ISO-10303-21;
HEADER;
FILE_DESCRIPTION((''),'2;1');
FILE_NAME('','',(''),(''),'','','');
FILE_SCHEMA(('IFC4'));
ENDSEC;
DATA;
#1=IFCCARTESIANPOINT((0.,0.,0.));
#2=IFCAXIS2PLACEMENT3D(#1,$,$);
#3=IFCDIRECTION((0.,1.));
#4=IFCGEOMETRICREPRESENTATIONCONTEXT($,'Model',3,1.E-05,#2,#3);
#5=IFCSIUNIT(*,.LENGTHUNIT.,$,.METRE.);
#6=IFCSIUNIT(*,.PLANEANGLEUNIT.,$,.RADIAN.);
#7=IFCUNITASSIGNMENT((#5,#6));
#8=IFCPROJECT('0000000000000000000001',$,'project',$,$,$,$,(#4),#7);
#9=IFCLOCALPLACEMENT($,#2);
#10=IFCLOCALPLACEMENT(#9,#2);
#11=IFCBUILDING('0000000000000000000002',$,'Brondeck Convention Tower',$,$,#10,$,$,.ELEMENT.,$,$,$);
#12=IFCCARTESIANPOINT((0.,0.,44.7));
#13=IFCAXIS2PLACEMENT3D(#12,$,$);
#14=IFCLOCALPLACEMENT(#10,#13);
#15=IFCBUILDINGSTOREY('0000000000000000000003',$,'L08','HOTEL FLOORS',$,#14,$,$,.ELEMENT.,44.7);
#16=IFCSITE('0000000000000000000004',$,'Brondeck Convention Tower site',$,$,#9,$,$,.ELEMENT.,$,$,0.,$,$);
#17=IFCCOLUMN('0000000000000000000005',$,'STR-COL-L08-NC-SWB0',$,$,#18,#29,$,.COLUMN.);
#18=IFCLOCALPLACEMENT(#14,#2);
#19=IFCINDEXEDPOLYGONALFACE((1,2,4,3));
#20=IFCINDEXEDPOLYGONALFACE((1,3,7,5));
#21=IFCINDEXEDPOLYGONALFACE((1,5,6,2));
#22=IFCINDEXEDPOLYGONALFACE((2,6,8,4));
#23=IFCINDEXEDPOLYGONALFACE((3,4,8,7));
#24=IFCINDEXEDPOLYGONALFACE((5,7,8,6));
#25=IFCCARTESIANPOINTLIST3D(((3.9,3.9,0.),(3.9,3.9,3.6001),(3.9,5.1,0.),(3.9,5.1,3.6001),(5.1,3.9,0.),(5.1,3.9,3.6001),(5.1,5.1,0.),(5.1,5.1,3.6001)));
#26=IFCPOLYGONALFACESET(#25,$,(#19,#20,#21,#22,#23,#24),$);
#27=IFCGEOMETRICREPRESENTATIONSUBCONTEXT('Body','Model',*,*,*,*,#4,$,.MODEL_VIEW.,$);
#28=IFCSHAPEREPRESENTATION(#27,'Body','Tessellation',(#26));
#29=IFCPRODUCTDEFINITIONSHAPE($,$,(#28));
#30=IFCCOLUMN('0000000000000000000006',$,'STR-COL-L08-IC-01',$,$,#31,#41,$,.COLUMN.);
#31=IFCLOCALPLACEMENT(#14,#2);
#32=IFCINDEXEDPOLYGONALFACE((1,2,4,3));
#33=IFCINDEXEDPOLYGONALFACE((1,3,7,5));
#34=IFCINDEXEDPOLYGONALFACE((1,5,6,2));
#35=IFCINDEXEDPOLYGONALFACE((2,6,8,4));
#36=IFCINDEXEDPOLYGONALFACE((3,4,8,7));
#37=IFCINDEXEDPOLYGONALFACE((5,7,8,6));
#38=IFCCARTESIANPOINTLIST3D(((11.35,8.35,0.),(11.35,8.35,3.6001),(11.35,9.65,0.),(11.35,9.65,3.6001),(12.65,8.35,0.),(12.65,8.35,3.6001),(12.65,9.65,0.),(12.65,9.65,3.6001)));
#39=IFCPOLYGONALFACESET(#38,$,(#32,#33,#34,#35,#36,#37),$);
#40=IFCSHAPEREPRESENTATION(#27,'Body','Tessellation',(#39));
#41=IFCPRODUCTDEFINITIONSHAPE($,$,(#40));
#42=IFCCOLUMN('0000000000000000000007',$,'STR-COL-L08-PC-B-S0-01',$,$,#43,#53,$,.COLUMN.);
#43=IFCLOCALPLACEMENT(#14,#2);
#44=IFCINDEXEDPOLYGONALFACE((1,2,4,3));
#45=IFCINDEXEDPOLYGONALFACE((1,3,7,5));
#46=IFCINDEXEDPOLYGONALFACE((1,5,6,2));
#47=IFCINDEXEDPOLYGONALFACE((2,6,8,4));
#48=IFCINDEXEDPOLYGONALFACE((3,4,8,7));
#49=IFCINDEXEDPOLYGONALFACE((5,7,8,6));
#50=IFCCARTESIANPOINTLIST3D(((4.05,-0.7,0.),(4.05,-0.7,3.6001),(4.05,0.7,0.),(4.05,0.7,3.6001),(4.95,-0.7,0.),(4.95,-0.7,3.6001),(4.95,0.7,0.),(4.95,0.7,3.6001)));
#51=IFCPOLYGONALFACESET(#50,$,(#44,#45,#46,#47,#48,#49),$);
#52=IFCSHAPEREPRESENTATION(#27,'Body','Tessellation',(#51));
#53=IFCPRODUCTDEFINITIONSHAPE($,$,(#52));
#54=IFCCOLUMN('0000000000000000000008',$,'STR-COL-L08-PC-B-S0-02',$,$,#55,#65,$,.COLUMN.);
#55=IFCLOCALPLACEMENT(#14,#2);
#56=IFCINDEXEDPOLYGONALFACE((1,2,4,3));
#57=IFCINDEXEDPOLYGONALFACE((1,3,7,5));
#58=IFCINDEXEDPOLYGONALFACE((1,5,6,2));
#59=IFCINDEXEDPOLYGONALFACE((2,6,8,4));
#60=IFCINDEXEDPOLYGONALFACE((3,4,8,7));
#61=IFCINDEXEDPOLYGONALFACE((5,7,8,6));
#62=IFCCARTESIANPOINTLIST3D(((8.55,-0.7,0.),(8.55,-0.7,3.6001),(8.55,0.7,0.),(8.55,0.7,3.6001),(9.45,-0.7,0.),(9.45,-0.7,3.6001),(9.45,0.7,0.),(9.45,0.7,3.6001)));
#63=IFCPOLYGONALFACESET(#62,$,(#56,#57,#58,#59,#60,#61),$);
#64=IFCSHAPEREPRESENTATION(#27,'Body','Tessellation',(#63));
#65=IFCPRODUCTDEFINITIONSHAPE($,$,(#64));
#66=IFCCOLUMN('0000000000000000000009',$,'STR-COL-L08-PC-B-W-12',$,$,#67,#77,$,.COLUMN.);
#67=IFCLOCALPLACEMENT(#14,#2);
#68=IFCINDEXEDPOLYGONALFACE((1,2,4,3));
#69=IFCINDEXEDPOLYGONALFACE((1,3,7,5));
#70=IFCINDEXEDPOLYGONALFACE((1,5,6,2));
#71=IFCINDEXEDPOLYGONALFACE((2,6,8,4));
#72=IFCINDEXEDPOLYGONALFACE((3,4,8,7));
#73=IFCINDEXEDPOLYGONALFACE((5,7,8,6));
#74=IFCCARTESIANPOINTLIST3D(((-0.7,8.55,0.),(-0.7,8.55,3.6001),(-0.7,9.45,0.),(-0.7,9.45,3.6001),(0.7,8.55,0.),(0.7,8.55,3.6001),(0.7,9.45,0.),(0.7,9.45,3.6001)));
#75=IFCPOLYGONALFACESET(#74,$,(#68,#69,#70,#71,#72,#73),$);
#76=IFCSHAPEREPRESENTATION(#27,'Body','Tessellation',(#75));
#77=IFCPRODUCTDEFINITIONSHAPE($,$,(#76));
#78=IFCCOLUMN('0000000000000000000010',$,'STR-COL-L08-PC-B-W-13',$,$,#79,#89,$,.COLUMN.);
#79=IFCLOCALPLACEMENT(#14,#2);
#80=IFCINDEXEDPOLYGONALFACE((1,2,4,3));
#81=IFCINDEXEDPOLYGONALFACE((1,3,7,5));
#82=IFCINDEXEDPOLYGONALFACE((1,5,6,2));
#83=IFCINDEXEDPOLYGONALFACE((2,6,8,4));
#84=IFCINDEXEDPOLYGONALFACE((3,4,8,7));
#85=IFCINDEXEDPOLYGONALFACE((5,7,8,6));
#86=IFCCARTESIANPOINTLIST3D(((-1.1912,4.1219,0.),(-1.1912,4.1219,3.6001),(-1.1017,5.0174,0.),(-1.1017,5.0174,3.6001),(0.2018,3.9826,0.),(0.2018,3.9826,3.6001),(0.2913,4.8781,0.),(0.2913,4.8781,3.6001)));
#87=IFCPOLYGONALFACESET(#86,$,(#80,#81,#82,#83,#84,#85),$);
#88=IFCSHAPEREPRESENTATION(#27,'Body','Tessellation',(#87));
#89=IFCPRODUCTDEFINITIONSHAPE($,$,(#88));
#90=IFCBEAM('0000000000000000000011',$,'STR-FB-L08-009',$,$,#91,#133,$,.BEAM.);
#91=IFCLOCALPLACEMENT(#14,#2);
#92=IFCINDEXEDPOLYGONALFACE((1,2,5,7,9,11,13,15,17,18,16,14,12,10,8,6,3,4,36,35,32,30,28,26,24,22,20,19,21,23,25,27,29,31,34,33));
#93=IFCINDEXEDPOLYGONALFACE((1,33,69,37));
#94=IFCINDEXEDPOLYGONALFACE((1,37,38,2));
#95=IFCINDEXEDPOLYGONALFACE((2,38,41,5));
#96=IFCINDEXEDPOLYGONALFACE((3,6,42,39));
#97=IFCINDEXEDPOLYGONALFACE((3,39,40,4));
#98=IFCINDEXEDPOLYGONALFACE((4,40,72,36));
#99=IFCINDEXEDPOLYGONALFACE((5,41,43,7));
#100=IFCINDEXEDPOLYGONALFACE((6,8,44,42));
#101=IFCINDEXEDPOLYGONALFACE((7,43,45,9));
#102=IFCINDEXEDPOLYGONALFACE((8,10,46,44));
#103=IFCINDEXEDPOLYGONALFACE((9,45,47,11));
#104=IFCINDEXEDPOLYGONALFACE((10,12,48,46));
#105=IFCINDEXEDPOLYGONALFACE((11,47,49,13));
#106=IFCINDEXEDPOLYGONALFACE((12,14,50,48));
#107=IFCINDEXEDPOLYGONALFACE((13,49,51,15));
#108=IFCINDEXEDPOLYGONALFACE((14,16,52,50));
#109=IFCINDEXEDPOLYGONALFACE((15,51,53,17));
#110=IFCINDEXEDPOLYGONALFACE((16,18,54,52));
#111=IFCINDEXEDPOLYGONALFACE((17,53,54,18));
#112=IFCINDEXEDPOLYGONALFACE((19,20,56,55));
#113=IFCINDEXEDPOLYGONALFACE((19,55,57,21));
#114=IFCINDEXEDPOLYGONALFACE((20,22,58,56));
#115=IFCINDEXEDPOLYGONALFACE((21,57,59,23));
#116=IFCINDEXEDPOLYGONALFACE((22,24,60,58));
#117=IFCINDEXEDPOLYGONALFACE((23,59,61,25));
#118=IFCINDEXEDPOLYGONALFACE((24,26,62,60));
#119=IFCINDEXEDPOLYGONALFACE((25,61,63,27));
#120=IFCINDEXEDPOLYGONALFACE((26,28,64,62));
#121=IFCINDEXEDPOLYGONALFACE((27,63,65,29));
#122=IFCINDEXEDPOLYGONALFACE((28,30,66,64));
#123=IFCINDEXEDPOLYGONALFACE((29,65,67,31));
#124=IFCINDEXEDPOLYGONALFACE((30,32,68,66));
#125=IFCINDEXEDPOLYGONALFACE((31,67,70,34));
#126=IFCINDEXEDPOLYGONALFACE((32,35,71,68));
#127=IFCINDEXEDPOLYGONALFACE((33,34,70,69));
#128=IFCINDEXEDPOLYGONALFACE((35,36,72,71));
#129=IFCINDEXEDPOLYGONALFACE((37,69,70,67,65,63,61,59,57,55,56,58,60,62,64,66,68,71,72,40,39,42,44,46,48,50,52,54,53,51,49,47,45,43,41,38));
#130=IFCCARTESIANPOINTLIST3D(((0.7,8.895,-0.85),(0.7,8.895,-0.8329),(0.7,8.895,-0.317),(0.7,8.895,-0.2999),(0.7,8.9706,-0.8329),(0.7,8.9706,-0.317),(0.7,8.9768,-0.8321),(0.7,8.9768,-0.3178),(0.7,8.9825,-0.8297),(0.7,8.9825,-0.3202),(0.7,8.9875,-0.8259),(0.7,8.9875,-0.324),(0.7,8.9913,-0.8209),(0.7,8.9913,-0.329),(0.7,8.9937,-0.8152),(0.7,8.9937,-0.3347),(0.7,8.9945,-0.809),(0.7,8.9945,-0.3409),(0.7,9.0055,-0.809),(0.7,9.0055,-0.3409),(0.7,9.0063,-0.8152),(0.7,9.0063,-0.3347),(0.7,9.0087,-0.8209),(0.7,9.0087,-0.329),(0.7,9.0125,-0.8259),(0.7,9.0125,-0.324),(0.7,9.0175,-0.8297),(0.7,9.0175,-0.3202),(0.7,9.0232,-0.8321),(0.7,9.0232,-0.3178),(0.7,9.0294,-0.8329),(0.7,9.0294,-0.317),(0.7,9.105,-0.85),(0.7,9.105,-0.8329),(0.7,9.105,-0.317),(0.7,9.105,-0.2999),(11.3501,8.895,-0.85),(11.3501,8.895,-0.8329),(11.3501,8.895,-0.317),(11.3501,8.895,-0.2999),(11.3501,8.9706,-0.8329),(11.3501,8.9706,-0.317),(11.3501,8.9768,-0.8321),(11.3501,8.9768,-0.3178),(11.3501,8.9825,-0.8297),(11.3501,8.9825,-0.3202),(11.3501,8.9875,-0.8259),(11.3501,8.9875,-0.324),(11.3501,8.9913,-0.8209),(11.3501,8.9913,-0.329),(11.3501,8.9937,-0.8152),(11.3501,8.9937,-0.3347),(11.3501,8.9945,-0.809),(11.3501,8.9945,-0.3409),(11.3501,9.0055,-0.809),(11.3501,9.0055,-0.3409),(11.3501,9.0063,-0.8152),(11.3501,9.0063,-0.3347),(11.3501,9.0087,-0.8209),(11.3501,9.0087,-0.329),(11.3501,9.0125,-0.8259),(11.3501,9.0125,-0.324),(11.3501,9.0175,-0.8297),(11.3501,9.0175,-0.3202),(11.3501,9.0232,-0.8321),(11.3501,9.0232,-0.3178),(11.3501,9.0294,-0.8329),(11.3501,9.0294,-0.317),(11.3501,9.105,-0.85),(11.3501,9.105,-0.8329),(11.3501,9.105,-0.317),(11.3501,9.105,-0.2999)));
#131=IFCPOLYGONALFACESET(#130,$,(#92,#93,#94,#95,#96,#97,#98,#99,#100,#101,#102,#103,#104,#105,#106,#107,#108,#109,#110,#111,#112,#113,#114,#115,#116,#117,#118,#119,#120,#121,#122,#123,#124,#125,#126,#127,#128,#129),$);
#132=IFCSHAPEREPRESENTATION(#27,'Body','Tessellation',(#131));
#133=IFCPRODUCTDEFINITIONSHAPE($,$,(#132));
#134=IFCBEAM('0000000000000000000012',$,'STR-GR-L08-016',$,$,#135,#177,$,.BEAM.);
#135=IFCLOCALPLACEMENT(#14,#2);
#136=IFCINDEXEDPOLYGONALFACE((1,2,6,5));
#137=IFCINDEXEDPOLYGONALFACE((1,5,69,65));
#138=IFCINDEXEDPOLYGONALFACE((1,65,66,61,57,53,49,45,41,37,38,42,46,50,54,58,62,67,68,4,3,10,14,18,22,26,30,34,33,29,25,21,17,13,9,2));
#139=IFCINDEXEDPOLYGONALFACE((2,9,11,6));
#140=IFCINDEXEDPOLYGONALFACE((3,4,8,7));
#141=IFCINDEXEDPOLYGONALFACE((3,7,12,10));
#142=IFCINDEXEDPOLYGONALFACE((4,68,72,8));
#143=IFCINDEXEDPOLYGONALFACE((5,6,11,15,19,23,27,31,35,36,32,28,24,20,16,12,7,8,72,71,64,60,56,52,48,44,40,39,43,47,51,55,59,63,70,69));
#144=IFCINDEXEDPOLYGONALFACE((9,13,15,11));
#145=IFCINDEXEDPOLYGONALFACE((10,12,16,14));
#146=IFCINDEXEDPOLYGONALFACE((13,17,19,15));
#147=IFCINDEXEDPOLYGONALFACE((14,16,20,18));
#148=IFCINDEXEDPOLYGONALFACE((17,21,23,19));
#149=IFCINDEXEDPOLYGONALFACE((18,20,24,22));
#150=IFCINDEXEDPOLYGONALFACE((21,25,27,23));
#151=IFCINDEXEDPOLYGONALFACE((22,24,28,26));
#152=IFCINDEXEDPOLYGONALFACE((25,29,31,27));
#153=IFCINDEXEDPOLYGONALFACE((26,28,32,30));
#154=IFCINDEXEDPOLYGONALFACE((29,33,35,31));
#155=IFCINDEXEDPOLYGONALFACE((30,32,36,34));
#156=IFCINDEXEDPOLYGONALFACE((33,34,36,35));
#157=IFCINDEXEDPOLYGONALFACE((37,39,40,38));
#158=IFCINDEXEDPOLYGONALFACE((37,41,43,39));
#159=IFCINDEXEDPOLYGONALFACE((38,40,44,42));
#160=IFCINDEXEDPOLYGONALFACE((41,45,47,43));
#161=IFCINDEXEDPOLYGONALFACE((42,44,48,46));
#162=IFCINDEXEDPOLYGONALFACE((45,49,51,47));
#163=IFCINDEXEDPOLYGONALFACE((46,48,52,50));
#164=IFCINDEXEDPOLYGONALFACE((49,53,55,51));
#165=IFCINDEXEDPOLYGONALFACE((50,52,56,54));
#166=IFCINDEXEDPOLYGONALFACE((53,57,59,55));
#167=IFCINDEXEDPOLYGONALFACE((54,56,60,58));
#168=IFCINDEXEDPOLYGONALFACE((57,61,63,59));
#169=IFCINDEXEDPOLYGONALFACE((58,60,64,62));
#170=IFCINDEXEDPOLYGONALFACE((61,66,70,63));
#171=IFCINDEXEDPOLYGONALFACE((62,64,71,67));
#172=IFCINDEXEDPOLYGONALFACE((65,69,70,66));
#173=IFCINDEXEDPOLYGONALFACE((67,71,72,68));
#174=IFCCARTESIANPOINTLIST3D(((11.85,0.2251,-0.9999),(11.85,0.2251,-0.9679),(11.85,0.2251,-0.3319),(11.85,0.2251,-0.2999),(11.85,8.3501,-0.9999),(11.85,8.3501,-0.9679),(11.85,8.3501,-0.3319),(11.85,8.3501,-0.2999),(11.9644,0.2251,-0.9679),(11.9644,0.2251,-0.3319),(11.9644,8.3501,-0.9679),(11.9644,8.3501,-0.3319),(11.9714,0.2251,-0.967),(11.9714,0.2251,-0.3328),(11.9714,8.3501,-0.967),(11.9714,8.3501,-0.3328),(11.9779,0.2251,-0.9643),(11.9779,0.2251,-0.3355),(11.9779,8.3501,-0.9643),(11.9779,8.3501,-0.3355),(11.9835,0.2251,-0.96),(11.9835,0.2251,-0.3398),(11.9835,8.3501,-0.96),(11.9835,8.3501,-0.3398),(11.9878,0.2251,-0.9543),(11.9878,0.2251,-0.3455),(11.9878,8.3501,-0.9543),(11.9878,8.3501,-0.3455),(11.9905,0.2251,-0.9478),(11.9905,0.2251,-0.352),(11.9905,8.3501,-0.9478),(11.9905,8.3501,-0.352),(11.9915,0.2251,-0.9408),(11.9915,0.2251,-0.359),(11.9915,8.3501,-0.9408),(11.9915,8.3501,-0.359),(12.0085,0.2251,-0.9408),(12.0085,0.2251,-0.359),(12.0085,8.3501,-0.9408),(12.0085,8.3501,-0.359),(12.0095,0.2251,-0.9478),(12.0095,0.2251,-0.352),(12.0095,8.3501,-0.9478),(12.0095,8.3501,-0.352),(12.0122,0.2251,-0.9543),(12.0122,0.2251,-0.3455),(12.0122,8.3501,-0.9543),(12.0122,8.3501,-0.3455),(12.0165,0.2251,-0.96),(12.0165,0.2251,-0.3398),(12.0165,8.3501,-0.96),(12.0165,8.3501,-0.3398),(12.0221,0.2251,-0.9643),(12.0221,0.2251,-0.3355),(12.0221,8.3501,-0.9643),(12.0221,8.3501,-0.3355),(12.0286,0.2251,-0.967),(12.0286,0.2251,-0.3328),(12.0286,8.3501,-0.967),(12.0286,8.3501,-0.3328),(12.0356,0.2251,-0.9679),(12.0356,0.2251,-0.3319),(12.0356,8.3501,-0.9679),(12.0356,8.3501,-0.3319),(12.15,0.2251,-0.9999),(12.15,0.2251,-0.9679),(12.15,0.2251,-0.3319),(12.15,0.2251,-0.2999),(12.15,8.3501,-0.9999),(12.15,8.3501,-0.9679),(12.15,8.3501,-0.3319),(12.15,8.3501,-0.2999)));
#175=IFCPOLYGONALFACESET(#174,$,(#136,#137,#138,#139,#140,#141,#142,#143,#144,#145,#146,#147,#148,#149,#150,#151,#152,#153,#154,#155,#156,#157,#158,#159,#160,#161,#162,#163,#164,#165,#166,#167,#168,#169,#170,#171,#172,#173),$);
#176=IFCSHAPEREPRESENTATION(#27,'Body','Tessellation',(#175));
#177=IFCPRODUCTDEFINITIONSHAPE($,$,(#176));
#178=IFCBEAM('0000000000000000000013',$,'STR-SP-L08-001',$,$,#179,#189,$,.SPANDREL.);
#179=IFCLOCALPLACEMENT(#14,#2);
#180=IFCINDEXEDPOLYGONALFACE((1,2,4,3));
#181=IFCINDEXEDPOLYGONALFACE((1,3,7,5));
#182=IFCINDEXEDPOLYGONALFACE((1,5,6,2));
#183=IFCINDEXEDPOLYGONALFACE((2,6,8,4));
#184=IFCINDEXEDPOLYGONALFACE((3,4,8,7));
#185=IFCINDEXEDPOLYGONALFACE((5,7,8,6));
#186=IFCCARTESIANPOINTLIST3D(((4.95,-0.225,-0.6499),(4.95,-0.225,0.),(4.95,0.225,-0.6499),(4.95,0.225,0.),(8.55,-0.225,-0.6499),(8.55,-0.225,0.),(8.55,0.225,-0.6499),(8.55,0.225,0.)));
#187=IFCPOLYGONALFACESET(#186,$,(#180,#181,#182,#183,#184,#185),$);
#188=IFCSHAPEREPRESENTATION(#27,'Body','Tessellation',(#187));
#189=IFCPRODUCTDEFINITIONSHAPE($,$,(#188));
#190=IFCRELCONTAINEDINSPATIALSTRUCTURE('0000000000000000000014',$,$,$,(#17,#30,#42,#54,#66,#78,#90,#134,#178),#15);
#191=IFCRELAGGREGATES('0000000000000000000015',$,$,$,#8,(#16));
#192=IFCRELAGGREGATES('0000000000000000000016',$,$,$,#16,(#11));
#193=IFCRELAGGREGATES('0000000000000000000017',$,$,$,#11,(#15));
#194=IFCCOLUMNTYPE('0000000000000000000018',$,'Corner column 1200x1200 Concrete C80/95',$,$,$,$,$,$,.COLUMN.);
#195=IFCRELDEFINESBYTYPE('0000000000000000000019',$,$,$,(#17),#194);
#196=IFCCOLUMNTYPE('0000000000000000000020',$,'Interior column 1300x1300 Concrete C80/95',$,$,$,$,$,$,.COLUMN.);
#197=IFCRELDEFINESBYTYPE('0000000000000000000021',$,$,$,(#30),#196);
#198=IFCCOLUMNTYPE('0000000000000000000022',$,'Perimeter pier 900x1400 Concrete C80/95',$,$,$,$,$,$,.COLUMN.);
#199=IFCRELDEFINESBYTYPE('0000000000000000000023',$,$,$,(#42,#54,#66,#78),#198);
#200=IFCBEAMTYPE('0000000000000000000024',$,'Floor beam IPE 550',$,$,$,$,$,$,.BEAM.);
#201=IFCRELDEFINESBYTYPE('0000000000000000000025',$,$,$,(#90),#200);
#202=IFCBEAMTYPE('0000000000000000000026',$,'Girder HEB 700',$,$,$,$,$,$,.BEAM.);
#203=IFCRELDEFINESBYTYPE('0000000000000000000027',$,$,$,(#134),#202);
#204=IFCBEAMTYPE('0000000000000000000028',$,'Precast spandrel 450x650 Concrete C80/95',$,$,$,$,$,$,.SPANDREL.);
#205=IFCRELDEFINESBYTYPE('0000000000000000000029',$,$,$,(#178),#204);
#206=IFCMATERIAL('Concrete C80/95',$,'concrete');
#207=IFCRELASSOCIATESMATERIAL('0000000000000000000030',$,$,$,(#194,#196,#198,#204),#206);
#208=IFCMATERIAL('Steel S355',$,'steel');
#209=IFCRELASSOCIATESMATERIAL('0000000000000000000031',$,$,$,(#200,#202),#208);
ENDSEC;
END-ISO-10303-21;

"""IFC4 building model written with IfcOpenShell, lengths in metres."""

from ifc_helpers import new_model, si_unit, direction, frame, origin, origin_2d, place, context, subcontext, project, spatial, rectangle, i_section, extrude, material, material_profile, profile_set, type_object, element, save


model = new_model("IFC4")

# Units and contexts
model_context = context("Model", 3, precision=1e-05, world=origin(), true_north=direction((0.0, 1.0)))
body_context = subcontext(model_context, "Body", "Model", "MODEL_VIEW")
ifc_project = project(units=[si_unit("LENGTHUNIT", "METRE"), si_unit("PLANEANGLEUNIT", "RADIAN")], contexts=[model_context])

# Site, building, storey
site_placement = place(None, origin())
site = spatial("IfcSite", under=ifc_project, at=site_placement, Name="Brondeck Convention Tower site", CompositionType="ELEMENT", RefElevation=0.0)
building_placement = place(site_placement, origin())
building = spatial("IfcBuilding", under=site, at=building_placement, Name="Brondeck Convention Tower", CompositionType="ELEMENT")
storey_placement = place(building_placement, frame((0.0, 0.0, 44.7)))
storey = spatial("IfcBuildingStorey", under=building, at=storey_placement, Name="L08", Description="HOTEL FLOORS", CompositionType="ELEMENT", Elevation=44.7)

# Columns
ifc_material_1 = material(Name="Concrete C80/95", Category="concrete")
ifc_material_profile_1 = material_profile(ifc_material_1, rectangle(XDim=1.2, YDim=1.2, at=origin_2d()), Name="Corner column 1200x1200 Concrete C80/95")
ifc_profile_set_1 = profile_set([ifc_material_profile_1], Name="Concrete C80/95")
column_type_1 = type_object("IfcColumnType", Name="Corner column 1200x1200 Concrete C80/95", PredefinedType="COLUMN", material=ifc_profile_set_1)
column_1_placement = place(storey_placement, frame((4.5, 4.5, 0.0), z_axis=(0.0, 0.0, 1.0), x_axis=(1.0, 0.0, 0.0)))
element("IfcColumn", 1, at=column_1_placement, inside=storey, type_object=column_type_1, Name="STR-COL-L08-NC-SWB0", PredefinedType="COLUMN", context=body_context, shape_type="SweptSolid", body=[
    extrude(rectangle(XDim=1.2, YDim=1.2, at=origin_2d()), origin(), (0.0, 0.0, 1.0), 3.6001),
])
ifc_material_profile_2 = material_profile(ifc_material_1, rectangle(XDim=1.3, YDim=1.3, at=origin_2d()), Name="Interior column 1300x1300 Concrete C80/95")
ifc_profile_set_2 = profile_set([ifc_material_profile_2], Name="Concrete C80/95")
column_type_2 = type_object("IfcColumnType", Name="Interior column 1300x1300 Concrete C80/95", PredefinedType="COLUMN", material=ifc_profile_set_2)
column_2_placement = place(storey_placement, frame((12.0, 9.0, 0.0), z_axis=(0.0, 0.0, 1.0), x_axis=(1.0, 0.0, 0.0)))
element("IfcColumn", 2, at=column_2_placement, inside=storey, type_object=column_type_2, Name="STR-COL-L08-IC-01", PredefinedType="COLUMN", context=body_context, shape_type="SweptSolid", body=[
    extrude(rectangle(XDim=1.3, YDim=1.3, at=origin_2d()), origin(), (0.0, 0.0, 1.0), 3.6001),
])
ifc_material_profile_3 = material_profile(ifc_material_1, rectangle(XDim=0.8999, YDim=1.3999, at=origin_2d()), Name="Perimeter pier 900x1400 Concrete C80/95")
ifc_profile_set_3 = profile_set([ifc_material_profile_3], Name="Concrete C80/95")
column_type_3 = type_object("IfcColumnType", Name="Perimeter pier 900x1400 Concrete C80/95", PredefinedType="COLUMN", material=ifc_profile_set_3)
for number, where, z_axis, x_axis, name in (
    (3, (4.5, 0.0, 0.0), (0.0, 0.0, 1.0), (1.0, 0.0, 0.0), "STR-COL-L08-PC-B-S0-01"),
    (4, (9.0, 0.0, 0.0), (0.0, 0.0, 1.0), (1.0, 0.0, 0.0), "STR-COL-L08-PC-B-S0-02"),
    (5, (0.0, 9.0, 0.0), (0.0, 0.0, 1.0), (0.0, -1.0, 0.0), "STR-COL-L08-PC-B-W-12"),
    (6, (-0.45, 4.5, 0.0), (0.0, 0.0, 1.0), (-0.099504, -0.995037, 0.0), "STR-COL-L08-PC-B-W-13"),
):
    element("IfcColumn", number, at=place(storey_placement, frame(where, z_axis=z_axis, x_axis=x_axis)), inside=storey, type_object=column_type_3, Name=name, PredefinedType="COLUMN", context=body_context, shape_type="SweptSolid", body=[
        extrude(rectangle(XDim=0.8999, YDim=1.3999, at=origin_2d()), origin(), (0.0, 0.0, 1.0), 3.6001),
    ])

# Beams
ifc_material_2 = material(Name="Steel S355", Category="steel")
ifc_material_profile_4 = material_profile(ifc_material_2, i_section(OverallWidth=0.21, OverallDepth=0.55, WebThickness=0.011, FlangeThickness=0.0171, FilletRadius=0.0239, at=origin_2d()), Name="IPE 550")
ifc_profile_set_4 = profile_set([ifc_material_profile_4], Name="Steel S355")
beam_type_1 = type_object("IfcBeamType", Name="Floor beam IPE 550", PredefinedType="BEAM", material=ifc_profile_set_4)
beam_1_placement = place(storey_placement, frame((0.7, 9.0, -0.575), z_axis=(1.0, 0.0, 0.0), x_axis=(0.0, 1.0, 0.0)))
element("IfcBeam", 7, at=beam_1_placement, inside=storey, type_object=beam_type_1, Name="STR-FB-L08-009", PredefinedType="BEAM", context=body_context, shape_type="SweptSolid", body=[
    extrude(i_section(OverallWidth=0.21, OverallDepth=0.55, WebThickness=0.011, FlangeThickness=0.0171, FilletRadius=0.0239, at=origin_2d()), origin(), (0.0, 0.0, 1.0), 10.6501),
])
ifc_material_profile_5 = material_profile(ifc_material_2, i_section(OverallWidth=0.3, OverallDepth=0.7, WebThickness=0.0171, FlangeThickness=0.032, FilletRadius=0.0271, at=origin_2d()), Name="HEB 700")
ifc_profile_set_5 = profile_set([ifc_material_profile_5], Name="Steel S355")
beam_type_2 = type_object("IfcBeamType", Name="Girder HEB 700", PredefinedType="BEAM", material=ifc_profile_set_5)
beam_2_placement = place(storey_placement, frame((12.0, 8.3501, -0.6499), z_axis=(0.0, -1.0, 0.0), x_axis=(1.0, 0.0, 0.0)))
element("IfcBeam", 8, at=beam_2_placement, inside=storey, type_object=beam_type_2, Name="STR-GR-L08-016", PredefinedType="BEAM", context=body_context, shape_type="SweptSolid", body=[
    extrude(i_section(OverallWidth=0.3, OverallDepth=0.7, WebThickness=0.0171, FlangeThickness=0.032, FilletRadius=0.0271, at=origin_2d()), origin(), (0.0, 0.0, 1.0), 8.125),
])
ifc_material_profile_6 = material_profile(ifc_material_1, rectangle(XDim=0.45, YDim=0.6499, at=origin_2d()), Name="Precast spandrel 450x650 Concrete C80/95")
ifc_profile_set_6 = profile_set([ifc_material_profile_6], Name="Concrete C80/95")
beam_type_3 = type_object("IfcBeamType", Name="Precast spandrel 450x650 Concrete C80/95", PredefinedType="SPANDREL", material=ifc_profile_set_6)
for number, where, z_axis, x_axis, name in (
    (9, (4.95, 0.0, -0.325), (1.0, 0.0, 0.0), (0.0, 1.0, 0.0), "STR-SP-L08-001"),
):
    element("IfcBeam", number, at=place(storey_placement, frame(where, z_axis=z_axis, x_axis=x_axis)), inside=storey, type_object=beam_type_3, Name=name, PredefinedType="SPANDREL", context=body_context, shape_type="SweptSolid", body=[
        extrude(rectangle(XDim=0.45, YDim=0.6499, at=origin_2d()), origin(), (0.0, 0.0, 1.0), 3.6001),
    ])

save(model, "model.ifc")
